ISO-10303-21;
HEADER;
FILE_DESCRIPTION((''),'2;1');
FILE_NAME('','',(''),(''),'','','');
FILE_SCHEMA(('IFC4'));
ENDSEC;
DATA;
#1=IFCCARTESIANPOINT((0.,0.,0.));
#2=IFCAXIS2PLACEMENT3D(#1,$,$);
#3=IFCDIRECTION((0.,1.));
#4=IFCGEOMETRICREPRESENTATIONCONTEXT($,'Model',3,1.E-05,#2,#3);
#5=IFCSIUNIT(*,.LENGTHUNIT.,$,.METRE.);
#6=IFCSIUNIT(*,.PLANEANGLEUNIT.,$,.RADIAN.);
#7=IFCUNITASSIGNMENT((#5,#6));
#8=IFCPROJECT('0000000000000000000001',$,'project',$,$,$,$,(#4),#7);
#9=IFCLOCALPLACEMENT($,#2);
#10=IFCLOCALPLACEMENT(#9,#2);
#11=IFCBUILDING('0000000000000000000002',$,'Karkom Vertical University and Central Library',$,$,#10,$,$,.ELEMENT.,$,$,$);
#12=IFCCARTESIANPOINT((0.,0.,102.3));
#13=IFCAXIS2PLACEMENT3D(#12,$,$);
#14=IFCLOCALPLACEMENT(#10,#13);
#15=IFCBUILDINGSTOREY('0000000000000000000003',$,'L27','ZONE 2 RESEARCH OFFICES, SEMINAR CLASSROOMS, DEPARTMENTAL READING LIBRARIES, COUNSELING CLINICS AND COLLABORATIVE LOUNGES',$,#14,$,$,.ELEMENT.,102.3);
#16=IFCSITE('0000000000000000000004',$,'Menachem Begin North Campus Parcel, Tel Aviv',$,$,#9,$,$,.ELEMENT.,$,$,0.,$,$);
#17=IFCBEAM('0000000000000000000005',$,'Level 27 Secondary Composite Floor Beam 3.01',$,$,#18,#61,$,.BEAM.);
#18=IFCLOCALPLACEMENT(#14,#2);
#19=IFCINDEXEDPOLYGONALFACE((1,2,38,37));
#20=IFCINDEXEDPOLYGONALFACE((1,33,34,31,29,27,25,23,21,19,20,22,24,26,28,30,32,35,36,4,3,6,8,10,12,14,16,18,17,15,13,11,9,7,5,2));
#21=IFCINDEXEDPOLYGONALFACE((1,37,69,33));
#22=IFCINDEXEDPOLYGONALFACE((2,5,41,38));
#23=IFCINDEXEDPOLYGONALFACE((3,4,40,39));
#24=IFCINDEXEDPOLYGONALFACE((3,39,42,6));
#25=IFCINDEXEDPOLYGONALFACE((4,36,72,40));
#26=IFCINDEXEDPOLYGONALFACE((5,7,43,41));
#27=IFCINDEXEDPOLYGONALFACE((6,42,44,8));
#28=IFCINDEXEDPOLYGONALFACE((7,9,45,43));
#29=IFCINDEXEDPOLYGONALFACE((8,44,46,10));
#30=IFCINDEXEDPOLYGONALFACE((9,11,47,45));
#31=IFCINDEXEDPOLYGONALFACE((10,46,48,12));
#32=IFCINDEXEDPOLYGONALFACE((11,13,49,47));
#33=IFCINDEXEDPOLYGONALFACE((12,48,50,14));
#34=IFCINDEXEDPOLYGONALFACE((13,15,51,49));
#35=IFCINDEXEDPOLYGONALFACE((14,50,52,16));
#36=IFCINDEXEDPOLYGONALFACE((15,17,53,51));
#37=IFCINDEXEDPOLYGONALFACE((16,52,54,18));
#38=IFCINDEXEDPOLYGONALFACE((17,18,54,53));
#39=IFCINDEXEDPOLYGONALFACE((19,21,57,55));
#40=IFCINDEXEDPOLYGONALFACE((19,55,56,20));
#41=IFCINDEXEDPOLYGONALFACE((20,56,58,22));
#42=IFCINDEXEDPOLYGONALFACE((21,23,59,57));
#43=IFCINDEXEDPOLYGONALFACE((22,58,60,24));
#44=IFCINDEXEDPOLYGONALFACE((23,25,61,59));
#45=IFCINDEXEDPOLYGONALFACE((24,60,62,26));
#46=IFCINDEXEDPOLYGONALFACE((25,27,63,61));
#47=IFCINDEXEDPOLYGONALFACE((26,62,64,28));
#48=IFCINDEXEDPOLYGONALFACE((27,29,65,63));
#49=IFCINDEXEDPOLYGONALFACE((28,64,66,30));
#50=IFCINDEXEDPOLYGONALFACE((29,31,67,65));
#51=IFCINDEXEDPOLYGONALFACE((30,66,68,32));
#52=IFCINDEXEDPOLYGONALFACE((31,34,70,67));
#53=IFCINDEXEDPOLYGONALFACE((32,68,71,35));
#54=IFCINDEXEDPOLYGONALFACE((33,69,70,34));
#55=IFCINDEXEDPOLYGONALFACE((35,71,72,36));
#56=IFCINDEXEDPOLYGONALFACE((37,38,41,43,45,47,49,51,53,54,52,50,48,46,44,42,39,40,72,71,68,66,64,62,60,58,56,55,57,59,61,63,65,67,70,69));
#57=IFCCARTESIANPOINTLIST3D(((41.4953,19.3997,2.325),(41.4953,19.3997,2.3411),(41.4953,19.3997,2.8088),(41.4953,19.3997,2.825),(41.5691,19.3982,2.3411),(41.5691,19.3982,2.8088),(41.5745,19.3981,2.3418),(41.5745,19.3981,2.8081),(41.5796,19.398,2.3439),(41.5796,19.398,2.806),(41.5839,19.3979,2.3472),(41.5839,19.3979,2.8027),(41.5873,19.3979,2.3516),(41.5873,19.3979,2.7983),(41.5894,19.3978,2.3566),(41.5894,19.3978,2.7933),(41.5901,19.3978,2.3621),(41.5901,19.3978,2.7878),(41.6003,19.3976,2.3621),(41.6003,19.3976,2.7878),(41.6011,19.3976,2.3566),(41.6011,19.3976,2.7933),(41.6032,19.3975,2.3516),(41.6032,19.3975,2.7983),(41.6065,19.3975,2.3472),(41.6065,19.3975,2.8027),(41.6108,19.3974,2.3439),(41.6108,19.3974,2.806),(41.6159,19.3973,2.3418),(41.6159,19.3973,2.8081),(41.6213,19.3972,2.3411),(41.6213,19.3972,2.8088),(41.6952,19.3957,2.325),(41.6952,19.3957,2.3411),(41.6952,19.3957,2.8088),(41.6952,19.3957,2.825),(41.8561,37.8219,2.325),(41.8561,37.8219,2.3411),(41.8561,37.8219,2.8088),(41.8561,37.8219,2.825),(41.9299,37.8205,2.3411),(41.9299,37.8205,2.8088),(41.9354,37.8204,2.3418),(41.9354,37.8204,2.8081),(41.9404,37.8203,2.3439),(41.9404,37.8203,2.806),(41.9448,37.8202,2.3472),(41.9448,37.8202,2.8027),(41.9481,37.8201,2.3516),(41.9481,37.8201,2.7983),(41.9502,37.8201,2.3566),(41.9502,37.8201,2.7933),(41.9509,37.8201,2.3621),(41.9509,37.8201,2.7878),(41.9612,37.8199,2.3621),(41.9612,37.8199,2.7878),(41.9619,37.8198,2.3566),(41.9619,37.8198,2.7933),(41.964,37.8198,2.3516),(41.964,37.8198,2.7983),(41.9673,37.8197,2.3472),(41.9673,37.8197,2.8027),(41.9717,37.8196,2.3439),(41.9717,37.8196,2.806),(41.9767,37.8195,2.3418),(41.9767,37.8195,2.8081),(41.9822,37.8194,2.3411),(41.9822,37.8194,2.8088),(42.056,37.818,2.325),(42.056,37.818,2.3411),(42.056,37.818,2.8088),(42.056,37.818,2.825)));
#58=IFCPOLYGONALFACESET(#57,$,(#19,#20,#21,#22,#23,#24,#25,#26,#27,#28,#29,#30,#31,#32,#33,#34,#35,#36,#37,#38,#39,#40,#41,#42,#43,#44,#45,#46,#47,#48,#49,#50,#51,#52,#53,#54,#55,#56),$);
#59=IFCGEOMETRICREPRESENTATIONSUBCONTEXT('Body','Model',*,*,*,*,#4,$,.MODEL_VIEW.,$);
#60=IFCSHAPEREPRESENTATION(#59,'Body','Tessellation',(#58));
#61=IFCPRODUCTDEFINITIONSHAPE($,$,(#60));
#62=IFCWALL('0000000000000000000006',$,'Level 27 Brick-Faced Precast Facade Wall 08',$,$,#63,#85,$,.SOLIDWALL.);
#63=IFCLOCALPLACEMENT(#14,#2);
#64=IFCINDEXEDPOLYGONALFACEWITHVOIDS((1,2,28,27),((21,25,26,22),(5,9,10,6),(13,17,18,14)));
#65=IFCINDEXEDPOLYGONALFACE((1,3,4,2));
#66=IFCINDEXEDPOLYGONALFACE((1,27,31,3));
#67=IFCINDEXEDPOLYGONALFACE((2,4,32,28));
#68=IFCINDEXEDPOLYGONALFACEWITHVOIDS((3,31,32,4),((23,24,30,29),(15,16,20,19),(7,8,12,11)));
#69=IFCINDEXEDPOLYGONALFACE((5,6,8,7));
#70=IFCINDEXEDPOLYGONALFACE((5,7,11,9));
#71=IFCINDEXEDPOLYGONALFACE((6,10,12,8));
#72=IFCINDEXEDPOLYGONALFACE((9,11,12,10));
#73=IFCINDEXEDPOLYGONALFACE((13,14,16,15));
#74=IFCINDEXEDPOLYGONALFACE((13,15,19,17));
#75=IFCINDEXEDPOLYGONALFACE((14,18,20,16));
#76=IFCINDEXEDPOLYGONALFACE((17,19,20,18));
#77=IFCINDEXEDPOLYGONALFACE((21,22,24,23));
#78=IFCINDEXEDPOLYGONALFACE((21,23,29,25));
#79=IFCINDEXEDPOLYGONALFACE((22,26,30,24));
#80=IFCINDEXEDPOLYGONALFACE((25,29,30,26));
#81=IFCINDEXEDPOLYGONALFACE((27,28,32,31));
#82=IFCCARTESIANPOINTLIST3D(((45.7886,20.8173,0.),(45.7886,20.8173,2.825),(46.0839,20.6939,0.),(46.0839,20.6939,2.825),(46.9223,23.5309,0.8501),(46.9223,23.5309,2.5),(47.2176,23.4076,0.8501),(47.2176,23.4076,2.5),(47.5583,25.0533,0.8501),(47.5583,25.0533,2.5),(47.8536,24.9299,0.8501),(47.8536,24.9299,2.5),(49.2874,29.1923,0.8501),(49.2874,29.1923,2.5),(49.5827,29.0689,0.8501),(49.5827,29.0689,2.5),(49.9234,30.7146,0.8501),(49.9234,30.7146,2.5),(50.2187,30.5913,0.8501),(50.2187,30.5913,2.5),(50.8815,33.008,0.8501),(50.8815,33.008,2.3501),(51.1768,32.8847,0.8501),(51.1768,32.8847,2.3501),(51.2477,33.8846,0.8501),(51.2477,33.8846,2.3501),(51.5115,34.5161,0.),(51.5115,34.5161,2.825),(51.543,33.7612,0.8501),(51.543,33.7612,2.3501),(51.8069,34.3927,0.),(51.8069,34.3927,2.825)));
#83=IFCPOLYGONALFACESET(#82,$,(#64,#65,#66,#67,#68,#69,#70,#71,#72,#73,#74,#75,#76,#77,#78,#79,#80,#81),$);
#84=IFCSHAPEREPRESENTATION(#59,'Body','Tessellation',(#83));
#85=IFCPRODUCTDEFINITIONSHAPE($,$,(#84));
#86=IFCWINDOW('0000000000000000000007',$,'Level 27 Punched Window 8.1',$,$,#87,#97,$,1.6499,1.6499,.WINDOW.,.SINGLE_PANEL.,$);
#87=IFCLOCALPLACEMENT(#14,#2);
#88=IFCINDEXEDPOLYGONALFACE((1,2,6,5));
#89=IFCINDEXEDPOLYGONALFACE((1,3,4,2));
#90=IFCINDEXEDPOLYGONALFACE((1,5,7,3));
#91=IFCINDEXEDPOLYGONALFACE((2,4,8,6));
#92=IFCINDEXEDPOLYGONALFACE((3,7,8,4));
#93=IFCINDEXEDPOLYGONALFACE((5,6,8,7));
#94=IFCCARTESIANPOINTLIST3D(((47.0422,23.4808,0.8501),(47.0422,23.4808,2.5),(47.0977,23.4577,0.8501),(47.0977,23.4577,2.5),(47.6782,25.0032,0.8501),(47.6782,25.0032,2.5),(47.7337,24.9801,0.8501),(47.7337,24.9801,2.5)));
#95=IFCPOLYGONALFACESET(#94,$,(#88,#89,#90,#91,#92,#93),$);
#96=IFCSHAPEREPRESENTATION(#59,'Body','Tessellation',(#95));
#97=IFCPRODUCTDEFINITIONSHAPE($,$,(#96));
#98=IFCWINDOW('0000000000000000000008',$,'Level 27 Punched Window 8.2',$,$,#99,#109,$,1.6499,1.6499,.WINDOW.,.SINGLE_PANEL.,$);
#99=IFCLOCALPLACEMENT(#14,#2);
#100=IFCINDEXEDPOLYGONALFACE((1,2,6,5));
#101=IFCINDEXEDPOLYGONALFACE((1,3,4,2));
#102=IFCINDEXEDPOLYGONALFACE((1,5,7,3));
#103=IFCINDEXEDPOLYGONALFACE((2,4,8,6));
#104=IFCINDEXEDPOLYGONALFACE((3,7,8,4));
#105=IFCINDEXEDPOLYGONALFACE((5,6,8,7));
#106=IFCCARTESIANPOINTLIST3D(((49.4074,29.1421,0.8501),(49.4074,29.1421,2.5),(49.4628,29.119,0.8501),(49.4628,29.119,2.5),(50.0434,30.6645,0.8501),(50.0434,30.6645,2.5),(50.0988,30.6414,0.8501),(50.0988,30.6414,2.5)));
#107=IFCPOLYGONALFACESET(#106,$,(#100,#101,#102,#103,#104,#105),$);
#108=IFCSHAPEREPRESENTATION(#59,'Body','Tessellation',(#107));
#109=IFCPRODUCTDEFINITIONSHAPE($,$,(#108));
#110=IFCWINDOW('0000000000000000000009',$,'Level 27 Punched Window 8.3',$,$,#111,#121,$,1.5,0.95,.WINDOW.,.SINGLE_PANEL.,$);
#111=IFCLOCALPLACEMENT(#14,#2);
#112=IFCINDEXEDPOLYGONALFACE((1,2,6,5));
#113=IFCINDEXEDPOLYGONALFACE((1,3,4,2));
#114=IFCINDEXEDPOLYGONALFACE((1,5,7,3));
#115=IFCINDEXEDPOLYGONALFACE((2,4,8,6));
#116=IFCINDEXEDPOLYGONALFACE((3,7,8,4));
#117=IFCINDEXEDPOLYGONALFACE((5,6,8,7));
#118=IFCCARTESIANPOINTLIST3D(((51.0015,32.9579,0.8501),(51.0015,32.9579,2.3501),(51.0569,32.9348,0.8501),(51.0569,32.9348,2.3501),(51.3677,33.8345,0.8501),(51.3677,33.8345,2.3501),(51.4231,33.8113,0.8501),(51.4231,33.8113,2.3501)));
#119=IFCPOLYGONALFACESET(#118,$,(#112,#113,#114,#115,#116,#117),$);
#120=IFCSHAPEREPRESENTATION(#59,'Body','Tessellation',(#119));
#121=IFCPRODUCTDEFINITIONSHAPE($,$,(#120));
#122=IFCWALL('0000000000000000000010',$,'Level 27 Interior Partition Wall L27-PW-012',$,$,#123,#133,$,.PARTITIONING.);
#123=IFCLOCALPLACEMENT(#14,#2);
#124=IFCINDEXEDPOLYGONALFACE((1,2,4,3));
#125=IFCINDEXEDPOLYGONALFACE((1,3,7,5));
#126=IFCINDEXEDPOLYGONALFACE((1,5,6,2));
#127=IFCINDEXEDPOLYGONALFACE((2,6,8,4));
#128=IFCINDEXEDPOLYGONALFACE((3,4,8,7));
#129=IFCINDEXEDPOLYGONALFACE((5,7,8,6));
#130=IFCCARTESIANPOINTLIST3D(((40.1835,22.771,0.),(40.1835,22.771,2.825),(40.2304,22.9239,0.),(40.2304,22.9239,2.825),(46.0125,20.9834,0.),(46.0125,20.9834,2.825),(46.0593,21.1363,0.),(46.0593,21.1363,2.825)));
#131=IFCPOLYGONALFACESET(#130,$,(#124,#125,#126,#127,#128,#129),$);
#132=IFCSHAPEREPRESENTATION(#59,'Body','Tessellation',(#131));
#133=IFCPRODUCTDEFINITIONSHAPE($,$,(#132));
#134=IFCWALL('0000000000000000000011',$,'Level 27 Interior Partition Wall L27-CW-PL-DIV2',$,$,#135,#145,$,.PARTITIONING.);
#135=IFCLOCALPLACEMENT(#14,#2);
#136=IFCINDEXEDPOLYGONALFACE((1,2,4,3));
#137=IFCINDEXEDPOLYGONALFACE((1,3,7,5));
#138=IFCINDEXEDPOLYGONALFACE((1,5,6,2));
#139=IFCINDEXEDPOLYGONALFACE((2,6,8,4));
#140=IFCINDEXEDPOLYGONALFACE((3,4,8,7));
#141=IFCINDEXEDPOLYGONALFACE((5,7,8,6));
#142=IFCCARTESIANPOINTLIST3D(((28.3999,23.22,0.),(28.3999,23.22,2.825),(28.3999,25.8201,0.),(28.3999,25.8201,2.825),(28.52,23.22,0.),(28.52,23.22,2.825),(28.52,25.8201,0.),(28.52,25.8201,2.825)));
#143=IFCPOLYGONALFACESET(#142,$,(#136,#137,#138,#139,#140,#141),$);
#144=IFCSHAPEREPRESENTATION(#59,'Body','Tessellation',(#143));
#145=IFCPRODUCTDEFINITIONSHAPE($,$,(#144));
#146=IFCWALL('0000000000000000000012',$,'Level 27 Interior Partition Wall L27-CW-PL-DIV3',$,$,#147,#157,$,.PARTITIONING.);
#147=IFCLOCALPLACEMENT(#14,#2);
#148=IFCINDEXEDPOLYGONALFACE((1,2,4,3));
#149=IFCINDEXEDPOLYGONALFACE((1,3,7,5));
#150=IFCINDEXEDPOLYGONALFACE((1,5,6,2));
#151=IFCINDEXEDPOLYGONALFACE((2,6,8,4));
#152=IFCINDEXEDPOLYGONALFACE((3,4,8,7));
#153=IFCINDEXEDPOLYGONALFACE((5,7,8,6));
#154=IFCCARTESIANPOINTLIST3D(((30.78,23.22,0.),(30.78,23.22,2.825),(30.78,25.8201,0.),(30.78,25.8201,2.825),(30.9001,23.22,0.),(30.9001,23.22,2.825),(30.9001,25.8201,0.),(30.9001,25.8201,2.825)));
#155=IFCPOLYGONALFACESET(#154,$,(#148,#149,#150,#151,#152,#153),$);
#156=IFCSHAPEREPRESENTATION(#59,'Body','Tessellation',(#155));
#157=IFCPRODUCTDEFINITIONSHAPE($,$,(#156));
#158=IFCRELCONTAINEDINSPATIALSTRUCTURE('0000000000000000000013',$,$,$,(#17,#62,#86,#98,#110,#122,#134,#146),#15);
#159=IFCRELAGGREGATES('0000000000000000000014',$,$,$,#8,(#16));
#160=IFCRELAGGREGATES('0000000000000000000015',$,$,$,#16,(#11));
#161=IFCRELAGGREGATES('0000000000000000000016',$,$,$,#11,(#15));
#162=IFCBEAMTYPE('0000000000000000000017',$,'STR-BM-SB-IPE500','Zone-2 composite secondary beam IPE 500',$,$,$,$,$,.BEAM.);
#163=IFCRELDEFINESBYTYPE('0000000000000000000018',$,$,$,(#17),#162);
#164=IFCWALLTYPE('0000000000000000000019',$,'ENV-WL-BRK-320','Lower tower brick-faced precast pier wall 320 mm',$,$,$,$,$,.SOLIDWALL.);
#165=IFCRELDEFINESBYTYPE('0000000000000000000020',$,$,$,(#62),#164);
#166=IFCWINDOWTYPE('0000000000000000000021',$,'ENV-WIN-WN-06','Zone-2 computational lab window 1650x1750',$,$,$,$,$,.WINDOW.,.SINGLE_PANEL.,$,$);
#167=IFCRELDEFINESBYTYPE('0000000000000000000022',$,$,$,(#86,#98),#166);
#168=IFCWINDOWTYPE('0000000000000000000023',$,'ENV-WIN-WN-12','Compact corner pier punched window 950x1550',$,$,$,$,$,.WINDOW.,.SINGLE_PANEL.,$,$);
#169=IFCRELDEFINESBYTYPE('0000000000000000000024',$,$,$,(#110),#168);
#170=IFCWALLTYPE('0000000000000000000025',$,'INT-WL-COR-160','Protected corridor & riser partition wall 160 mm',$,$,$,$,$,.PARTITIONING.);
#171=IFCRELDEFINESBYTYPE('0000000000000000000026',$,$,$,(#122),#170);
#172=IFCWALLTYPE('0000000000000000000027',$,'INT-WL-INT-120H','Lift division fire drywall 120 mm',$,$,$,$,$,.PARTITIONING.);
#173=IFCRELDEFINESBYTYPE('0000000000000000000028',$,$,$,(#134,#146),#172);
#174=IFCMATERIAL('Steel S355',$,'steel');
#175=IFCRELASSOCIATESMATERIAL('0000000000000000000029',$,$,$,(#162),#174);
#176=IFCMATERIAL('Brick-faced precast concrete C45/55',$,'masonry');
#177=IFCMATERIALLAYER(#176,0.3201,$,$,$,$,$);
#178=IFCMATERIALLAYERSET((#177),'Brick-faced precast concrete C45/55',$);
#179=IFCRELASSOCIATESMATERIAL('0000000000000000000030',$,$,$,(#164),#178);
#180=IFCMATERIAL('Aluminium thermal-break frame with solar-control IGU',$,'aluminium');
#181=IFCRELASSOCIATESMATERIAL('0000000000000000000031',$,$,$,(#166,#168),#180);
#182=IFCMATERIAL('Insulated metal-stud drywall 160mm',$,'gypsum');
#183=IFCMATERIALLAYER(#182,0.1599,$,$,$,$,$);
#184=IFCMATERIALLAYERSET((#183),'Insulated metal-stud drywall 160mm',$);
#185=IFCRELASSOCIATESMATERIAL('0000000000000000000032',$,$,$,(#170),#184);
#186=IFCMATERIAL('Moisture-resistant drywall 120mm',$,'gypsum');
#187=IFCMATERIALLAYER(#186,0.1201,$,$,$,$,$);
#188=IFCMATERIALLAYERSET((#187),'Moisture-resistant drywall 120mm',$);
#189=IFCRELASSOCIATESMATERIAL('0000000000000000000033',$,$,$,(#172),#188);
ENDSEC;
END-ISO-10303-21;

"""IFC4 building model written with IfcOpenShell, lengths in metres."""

from ifc_helpers import new_model, si_unit, direction, frame, frame_2d, origin, origin_with_axes, origin_2d, place, context, subcontext, project, spatial, rectangle, i_section, extrude, source, transform, mapped, material, layer, layer_set, material_profile, profile_set, type_object, element, fill, save


model = new_model("IFC4")

# Units and contexts
model_context = context("Model", 3, precision=1e-05, world=origin(), true_north=direction((0.0, 1.0)))
body_context = subcontext(model_context, "Body", "Model", "MODEL_VIEW")
ifc_project = project(units=[si_unit("LENGTHUNIT", "METRE"), si_unit("PLANEANGLEUNIT", "RADIAN")], contexts=[model_context])

# Site, building, storey
site_placement = place(None, origin())
site = spatial("IfcSite", under=ifc_project, at=site_placement, Name="Menachem Begin North Campus Parcel, Tel Aviv", CompositionType="ELEMENT", RefElevation=0.0)
building_placement = place(site_placement, origin())
building = spatial("IfcBuilding", under=site, at=building_placement, Name="Karkom Vertical University and Central Library", CompositionType="ELEMENT")
storey_placement = place(building_placement, frame((0.0, 0.0, 102.3)))
storey = spatial("IfcBuildingStorey", under=building, at=storey_placement, Name="L27", Description="ZONE 2 RESEARCH OFFICES, SEMINAR CLASSROOMS, DEPARTMENTAL READING LIBRARIES, COUNSELING CLINICS AND COLLABORATIVE LOUNGES", CompositionType="ELEMENT", Elevation=102.3)

# Beam
ifc_material_1 = material(Name="Steel S355", Category="steel")
ifc_material_profile_1 = material_profile(ifc_material_1, i_section(OverallWidth=0.2, OverallDepth=0.5, WebThickness=0.0103, FlangeThickness=0.0161, FilletRadius=0.021, at=origin_2d()), Name="IPE 500")
ifc_profile_set_1 = profile_set([ifc_material_profile_1], Name="Steel S355")
beam_type_1 = type_object("IfcBeamType", Name="STR-BM-SB-IPE500", Description="Zone-2 composite secondary beam IPE 500", PredefinedType="BEAM", material=ifc_profile_set_1)
shared_shape_1 = source(origin_with_axes(), body_context, "Body", "SweptSolid", [
    extrude(i_section(OverallWidth=0.2, OverallDepth=0.5, WebThickness=0.0103, FlangeThickness=0.0161, FilletRadius=0.021, at=origin_2d()), origin(), (0.0, 0.0, 1.0), 18.4258),
])
beam_1_placement = place(storey_placement, frame((41.5952, 19.3977, 2.575), z_axis=(0.019583, 0.999808, 0.0), x_axis=(-0.999808, 0.019583, 0.0)))
element("IfcBeam", 1, at=beam_1_placement, inside=storey, type_object=beam_type_1, Name="Level 27 Secondary Composite Floor Beam 3.01", PredefinedType="BEAM", context=body_context, shape_type="MappedRepresentation", body=[
    mapped(shared_shape_1, transform((0.0, 0.0, 0.0), scale=1.0)),
])

# Wall, openings, windows
ifc_material_2 = material(Name="Brick-faced precast concrete C45/55", Category="masonry")
ifc_layer_1 = layer(ifc_material_2, 0.3201)
ifc_layer_set_1 = layer_set([ifc_layer_1], Name="Brick-faced precast concrete C45/55")
wall_type_1 = type_object("IfcWallType", Name="ENV-WL-BRK-320", Description="Lower tower brick-faced precast pier wall 320 mm", PredefinedType="SOLIDWALL", material=ifc_layer_set_1)
wall_1_placement = place(storey_placement, frame((45.9363, 20.7556, 0.0), z_axis=(0.0, 0.0, 1.0), x_axis=(0.385482, 0.922716, 0.0)))
wall_1 = element("IfcWall", 2, at=wall_1_placement, inside=storey, type_object=wall_type_1, Name="Level 27 Brick-Faced Precast Facade Wall 08", PredefinedType="SOLIDWALL", context=body_context, shape_type="SweptSolid", body=[
    extrude(rectangle(XDim=14.8462, YDim=0.3201, at=frame_2d((7.4231, 0.0))), origin(), (0.0, 0.0, 1.0), 2.825),
])
opening_1_placement = place(wall_1_placement, frame((2.9409, 0.0, 0.8501)))
opening_1 = element("IfcOpeningElement", 3, at=opening_1_placement, cuts=wall_1, PredefinedType="OPENING", context=body_context, shape_type="SweptSolid", body=[
    extrude(rectangle(XDim=1.6499, YDim=1.6499, at=frame_2d((0.825, 0.825))), frame((0.0, 0.1699, 0.0), z_axis=(0.0, -1.0, 0.0), x_axis=(1.0, 0.0, 0.0)), (0.0, 0.0, 1.0), 0.3401),
])
opening_2_placement = place(wall_1_placement, frame((9.0764, 0.0, 0.8501)))
opening_2 = element("IfcOpeningElement", 4, at=opening_2_placement, cuts=wall_1, PredefinedType="OPENING", context=body_context, shape_type="SweptSolid", body=[
    extrude(rectangle(XDim=1.6499, YDim=1.6499, at=frame_2d((0.825, 0.825))), frame((0.0, 0.1699, 0.0), z_axis=(0.0, -1.0, 0.0), x_axis=(1.0, 0.0, 0.0)), (0.0, 0.0, 1.0), 0.3401),
])
opening_3_placement = place(wall_1_placement, frame((13.2117, 0.0, 0.8501)))
opening_3 = element("IfcOpeningElement", 5, at=opening_3_placement, cuts=wall_1, PredefinedType="OPENING", context=body_context, shape_type="SweptSolid", body=[
    extrude(rectangle(XDim=0.95, YDim=1.5, at=frame_2d((0.4751, 0.75))), frame((0.0, 0.1699, 0.0), z_axis=(0.0, -1.0, 0.0), x_axis=(1.0, 0.0, 0.0)), (0.0, 0.0, 1.0), 0.3401),
])
ifc_material_3 = material(Name="Aluminium thermal-break frame with solar-control IGU", Category="aluminium")
window_type_1 = type_object("IfcWindowType", Name="ENV-WIN-WN-06", Description="Zone-2 computational lab window 1650x1750", PartitioningType="SINGLE_PANEL", PredefinedType="WINDOW", material=ifc_material_3)
shared_shape_2 = source(origin_with_axes(), body_context, "Body", "SweptSolid", [
    extrude(rectangle(XDim=1.6499, YDim=1.6499, at=frame_2d((0.825, 0.825))), frame((0.0, 0.03, 0.0), z_axis=(0.0, -1.0, 0.0), x_axis=(1.0, 0.0, 0.0)), (0.0, 0.0, 1.0), 0.0601),
])
window_1_placement = place(opening_1_placement, origin())
window_1 = element("IfcWindow", 6, at=window_1_placement, inside=storey, type_object=window_type_1, Name="Level 27 Punched Window 8.1", OverallHeight=1.6499, OverallWidth=1.6499, PartitioningType="SINGLE_PANEL", PredefinedType="WINDOW", context=body_context, shape_type="MappedRepresentation", body=[
    mapped(shared_shape_2, transform((0.0, 0.0, 0.0), scale=1.0)),
])
fill(opening_1, window_1)
window_2_placement = place(opening_2_placement, origin())
window_2 = element("IfcWindow", 7, at=window_2_placement, inside=storey, type_object=window_type_1, Name="Level 27 Punched Window 8.2", OverallHeight=1.6499, OverallWidth=1.6499, PartitioningType="SINGLE_PANEL", PredefinedType="WINDOW", context=body_context, shape_type="MappedRepresentation", body=[
    mapped(shared_shape_2, transform((0.0, 0.0, 0.0), scale=1.0)),
])
fill(opening_2, window_2)
window_type_2 = type_object("IfcWindowType", Name="ENV-WIN-WN-12", Description="Compact corner pier punched window 950x1550", PartitioningType="SINGLE_PANEL", PredefinedType="WINDOW", material=ifc_material_3)
shared_shape_3 = source(origin_with_axes(), body_context, "Body", "SweptSolid", [
    extrude(rectangle(XDim=0.95, YDim=1.5, at=frame_2d((0.4751, 0.75))), frame((0.0, 0.03, 0.0), z_axis=(0.0, -1.0, 0.0), x_axis=(1.0, 0.0, 0.0)), (0.0, 0.0, 1.0), 0.0601),
])
window_3_placement = place(opening_3_placement, origin())
window_3 = element("IfcWindow", 8, at=window_3_placement, inside=storey, type_object=window_type_2, Name="Level 27 Punched Window 8.3", OverallHeight=1.5, OverallWidth=0.95, PartitioningType="SINGLE_PANEL", PredefinedType="WINDOW", context=body_context, shape_type="MappedRepresentation", body=[
    mapped(shared_shape_3, transform((0.0, 0.0, 0.0), scale=1.0)),
])
fill(opening_3, window_3)

# Walls
ifc_material_4 = material(Name="Insulated metal-stud drywall 160mm", Category="gypsum")
ifc_layer_2 = layer(ifc_material_4, 0.1599)
ifc_layer_set_2 = layer_set([ifc_layer_2], Name="Insulated metal-stud drywall 160mm")
wall_type_2 = type_object("IfcWallType", Name="INT-WL-COR-160", Description="Protected corridor & riser partition wall 160 mm", PredefinedType="PARTITIONING", material=ifc_layer_set_2)
wall_2_placement = place(storey_placement, frame((40.207, 22.8474, 0.0), z_axis=(0.0, 0.0, 1.0), x_axis=(0.956054, -0.293191, 0.0)))
element("IfcWall", 9, at=wall_2_placement, inside=storey, type_object=wall_type_2, Name="Level 27 Interior Partition Wall L27-PW-012", PredefinedType="PARTITIONING", context=body_context, shape_type="SweptSolid", body=[
    extrude(rectangle(XDim=6.0969, YDim=0.1599, at=frame_2d((3.0483, 0.0))), origin(), (0.0, 0.0, 1.0), 2.825),
])
ifc_material_5 = material(Name="Moisture-resistant drywall 120mm", Category="gypsum")
ifc_layer_3 = layer(ifc_material_5, 0.1201)
ifc_layer_set_3 = layer_set([ifc_layer_3], Name="Moisture-resistant drywall 120mm")
wall_type_3 = type_object("IfcWallType", Name="INT-WL-INT-120H", Description="Lift division fire drywall 120 mm", PredefinedType="PARTITIONING", material=ifc_layer_set_3)
for number, where, z_axis, x_axis, name in (
    (10, (28.46, 23.22, 0.0), (0.0, 0.0, 1.0), (0.0, 1.0, 0.0), "Level 27 Interior Partition Wall L27-CW-PL-DIV2"),
    (11, (30.8401, 23.22, 0.0), (0.0, 0.0, 1.0), (0.0, 1.0, 0.0), "Level 27 Interior Partition Wall L27-CW-PL-DIV3"),
):
    element("IfcWall", number, at=place(storey_placement, frame(where, z_axis=z_axis, x_axis=x_axis)), inside=storey, type_object=wall_type_3, Name=name, PredefinedType="PARTITIONING", context=body_context, shape_type="SweptSolid", body=[
        extrude(rectangle(XDim=2.6001, YDim=0.1201, at=frame_2d((1.3, 0.0))), origin(), (0.0, 0.0, 1.0), 2.825),
    ])

save(model, "model.ifc")
